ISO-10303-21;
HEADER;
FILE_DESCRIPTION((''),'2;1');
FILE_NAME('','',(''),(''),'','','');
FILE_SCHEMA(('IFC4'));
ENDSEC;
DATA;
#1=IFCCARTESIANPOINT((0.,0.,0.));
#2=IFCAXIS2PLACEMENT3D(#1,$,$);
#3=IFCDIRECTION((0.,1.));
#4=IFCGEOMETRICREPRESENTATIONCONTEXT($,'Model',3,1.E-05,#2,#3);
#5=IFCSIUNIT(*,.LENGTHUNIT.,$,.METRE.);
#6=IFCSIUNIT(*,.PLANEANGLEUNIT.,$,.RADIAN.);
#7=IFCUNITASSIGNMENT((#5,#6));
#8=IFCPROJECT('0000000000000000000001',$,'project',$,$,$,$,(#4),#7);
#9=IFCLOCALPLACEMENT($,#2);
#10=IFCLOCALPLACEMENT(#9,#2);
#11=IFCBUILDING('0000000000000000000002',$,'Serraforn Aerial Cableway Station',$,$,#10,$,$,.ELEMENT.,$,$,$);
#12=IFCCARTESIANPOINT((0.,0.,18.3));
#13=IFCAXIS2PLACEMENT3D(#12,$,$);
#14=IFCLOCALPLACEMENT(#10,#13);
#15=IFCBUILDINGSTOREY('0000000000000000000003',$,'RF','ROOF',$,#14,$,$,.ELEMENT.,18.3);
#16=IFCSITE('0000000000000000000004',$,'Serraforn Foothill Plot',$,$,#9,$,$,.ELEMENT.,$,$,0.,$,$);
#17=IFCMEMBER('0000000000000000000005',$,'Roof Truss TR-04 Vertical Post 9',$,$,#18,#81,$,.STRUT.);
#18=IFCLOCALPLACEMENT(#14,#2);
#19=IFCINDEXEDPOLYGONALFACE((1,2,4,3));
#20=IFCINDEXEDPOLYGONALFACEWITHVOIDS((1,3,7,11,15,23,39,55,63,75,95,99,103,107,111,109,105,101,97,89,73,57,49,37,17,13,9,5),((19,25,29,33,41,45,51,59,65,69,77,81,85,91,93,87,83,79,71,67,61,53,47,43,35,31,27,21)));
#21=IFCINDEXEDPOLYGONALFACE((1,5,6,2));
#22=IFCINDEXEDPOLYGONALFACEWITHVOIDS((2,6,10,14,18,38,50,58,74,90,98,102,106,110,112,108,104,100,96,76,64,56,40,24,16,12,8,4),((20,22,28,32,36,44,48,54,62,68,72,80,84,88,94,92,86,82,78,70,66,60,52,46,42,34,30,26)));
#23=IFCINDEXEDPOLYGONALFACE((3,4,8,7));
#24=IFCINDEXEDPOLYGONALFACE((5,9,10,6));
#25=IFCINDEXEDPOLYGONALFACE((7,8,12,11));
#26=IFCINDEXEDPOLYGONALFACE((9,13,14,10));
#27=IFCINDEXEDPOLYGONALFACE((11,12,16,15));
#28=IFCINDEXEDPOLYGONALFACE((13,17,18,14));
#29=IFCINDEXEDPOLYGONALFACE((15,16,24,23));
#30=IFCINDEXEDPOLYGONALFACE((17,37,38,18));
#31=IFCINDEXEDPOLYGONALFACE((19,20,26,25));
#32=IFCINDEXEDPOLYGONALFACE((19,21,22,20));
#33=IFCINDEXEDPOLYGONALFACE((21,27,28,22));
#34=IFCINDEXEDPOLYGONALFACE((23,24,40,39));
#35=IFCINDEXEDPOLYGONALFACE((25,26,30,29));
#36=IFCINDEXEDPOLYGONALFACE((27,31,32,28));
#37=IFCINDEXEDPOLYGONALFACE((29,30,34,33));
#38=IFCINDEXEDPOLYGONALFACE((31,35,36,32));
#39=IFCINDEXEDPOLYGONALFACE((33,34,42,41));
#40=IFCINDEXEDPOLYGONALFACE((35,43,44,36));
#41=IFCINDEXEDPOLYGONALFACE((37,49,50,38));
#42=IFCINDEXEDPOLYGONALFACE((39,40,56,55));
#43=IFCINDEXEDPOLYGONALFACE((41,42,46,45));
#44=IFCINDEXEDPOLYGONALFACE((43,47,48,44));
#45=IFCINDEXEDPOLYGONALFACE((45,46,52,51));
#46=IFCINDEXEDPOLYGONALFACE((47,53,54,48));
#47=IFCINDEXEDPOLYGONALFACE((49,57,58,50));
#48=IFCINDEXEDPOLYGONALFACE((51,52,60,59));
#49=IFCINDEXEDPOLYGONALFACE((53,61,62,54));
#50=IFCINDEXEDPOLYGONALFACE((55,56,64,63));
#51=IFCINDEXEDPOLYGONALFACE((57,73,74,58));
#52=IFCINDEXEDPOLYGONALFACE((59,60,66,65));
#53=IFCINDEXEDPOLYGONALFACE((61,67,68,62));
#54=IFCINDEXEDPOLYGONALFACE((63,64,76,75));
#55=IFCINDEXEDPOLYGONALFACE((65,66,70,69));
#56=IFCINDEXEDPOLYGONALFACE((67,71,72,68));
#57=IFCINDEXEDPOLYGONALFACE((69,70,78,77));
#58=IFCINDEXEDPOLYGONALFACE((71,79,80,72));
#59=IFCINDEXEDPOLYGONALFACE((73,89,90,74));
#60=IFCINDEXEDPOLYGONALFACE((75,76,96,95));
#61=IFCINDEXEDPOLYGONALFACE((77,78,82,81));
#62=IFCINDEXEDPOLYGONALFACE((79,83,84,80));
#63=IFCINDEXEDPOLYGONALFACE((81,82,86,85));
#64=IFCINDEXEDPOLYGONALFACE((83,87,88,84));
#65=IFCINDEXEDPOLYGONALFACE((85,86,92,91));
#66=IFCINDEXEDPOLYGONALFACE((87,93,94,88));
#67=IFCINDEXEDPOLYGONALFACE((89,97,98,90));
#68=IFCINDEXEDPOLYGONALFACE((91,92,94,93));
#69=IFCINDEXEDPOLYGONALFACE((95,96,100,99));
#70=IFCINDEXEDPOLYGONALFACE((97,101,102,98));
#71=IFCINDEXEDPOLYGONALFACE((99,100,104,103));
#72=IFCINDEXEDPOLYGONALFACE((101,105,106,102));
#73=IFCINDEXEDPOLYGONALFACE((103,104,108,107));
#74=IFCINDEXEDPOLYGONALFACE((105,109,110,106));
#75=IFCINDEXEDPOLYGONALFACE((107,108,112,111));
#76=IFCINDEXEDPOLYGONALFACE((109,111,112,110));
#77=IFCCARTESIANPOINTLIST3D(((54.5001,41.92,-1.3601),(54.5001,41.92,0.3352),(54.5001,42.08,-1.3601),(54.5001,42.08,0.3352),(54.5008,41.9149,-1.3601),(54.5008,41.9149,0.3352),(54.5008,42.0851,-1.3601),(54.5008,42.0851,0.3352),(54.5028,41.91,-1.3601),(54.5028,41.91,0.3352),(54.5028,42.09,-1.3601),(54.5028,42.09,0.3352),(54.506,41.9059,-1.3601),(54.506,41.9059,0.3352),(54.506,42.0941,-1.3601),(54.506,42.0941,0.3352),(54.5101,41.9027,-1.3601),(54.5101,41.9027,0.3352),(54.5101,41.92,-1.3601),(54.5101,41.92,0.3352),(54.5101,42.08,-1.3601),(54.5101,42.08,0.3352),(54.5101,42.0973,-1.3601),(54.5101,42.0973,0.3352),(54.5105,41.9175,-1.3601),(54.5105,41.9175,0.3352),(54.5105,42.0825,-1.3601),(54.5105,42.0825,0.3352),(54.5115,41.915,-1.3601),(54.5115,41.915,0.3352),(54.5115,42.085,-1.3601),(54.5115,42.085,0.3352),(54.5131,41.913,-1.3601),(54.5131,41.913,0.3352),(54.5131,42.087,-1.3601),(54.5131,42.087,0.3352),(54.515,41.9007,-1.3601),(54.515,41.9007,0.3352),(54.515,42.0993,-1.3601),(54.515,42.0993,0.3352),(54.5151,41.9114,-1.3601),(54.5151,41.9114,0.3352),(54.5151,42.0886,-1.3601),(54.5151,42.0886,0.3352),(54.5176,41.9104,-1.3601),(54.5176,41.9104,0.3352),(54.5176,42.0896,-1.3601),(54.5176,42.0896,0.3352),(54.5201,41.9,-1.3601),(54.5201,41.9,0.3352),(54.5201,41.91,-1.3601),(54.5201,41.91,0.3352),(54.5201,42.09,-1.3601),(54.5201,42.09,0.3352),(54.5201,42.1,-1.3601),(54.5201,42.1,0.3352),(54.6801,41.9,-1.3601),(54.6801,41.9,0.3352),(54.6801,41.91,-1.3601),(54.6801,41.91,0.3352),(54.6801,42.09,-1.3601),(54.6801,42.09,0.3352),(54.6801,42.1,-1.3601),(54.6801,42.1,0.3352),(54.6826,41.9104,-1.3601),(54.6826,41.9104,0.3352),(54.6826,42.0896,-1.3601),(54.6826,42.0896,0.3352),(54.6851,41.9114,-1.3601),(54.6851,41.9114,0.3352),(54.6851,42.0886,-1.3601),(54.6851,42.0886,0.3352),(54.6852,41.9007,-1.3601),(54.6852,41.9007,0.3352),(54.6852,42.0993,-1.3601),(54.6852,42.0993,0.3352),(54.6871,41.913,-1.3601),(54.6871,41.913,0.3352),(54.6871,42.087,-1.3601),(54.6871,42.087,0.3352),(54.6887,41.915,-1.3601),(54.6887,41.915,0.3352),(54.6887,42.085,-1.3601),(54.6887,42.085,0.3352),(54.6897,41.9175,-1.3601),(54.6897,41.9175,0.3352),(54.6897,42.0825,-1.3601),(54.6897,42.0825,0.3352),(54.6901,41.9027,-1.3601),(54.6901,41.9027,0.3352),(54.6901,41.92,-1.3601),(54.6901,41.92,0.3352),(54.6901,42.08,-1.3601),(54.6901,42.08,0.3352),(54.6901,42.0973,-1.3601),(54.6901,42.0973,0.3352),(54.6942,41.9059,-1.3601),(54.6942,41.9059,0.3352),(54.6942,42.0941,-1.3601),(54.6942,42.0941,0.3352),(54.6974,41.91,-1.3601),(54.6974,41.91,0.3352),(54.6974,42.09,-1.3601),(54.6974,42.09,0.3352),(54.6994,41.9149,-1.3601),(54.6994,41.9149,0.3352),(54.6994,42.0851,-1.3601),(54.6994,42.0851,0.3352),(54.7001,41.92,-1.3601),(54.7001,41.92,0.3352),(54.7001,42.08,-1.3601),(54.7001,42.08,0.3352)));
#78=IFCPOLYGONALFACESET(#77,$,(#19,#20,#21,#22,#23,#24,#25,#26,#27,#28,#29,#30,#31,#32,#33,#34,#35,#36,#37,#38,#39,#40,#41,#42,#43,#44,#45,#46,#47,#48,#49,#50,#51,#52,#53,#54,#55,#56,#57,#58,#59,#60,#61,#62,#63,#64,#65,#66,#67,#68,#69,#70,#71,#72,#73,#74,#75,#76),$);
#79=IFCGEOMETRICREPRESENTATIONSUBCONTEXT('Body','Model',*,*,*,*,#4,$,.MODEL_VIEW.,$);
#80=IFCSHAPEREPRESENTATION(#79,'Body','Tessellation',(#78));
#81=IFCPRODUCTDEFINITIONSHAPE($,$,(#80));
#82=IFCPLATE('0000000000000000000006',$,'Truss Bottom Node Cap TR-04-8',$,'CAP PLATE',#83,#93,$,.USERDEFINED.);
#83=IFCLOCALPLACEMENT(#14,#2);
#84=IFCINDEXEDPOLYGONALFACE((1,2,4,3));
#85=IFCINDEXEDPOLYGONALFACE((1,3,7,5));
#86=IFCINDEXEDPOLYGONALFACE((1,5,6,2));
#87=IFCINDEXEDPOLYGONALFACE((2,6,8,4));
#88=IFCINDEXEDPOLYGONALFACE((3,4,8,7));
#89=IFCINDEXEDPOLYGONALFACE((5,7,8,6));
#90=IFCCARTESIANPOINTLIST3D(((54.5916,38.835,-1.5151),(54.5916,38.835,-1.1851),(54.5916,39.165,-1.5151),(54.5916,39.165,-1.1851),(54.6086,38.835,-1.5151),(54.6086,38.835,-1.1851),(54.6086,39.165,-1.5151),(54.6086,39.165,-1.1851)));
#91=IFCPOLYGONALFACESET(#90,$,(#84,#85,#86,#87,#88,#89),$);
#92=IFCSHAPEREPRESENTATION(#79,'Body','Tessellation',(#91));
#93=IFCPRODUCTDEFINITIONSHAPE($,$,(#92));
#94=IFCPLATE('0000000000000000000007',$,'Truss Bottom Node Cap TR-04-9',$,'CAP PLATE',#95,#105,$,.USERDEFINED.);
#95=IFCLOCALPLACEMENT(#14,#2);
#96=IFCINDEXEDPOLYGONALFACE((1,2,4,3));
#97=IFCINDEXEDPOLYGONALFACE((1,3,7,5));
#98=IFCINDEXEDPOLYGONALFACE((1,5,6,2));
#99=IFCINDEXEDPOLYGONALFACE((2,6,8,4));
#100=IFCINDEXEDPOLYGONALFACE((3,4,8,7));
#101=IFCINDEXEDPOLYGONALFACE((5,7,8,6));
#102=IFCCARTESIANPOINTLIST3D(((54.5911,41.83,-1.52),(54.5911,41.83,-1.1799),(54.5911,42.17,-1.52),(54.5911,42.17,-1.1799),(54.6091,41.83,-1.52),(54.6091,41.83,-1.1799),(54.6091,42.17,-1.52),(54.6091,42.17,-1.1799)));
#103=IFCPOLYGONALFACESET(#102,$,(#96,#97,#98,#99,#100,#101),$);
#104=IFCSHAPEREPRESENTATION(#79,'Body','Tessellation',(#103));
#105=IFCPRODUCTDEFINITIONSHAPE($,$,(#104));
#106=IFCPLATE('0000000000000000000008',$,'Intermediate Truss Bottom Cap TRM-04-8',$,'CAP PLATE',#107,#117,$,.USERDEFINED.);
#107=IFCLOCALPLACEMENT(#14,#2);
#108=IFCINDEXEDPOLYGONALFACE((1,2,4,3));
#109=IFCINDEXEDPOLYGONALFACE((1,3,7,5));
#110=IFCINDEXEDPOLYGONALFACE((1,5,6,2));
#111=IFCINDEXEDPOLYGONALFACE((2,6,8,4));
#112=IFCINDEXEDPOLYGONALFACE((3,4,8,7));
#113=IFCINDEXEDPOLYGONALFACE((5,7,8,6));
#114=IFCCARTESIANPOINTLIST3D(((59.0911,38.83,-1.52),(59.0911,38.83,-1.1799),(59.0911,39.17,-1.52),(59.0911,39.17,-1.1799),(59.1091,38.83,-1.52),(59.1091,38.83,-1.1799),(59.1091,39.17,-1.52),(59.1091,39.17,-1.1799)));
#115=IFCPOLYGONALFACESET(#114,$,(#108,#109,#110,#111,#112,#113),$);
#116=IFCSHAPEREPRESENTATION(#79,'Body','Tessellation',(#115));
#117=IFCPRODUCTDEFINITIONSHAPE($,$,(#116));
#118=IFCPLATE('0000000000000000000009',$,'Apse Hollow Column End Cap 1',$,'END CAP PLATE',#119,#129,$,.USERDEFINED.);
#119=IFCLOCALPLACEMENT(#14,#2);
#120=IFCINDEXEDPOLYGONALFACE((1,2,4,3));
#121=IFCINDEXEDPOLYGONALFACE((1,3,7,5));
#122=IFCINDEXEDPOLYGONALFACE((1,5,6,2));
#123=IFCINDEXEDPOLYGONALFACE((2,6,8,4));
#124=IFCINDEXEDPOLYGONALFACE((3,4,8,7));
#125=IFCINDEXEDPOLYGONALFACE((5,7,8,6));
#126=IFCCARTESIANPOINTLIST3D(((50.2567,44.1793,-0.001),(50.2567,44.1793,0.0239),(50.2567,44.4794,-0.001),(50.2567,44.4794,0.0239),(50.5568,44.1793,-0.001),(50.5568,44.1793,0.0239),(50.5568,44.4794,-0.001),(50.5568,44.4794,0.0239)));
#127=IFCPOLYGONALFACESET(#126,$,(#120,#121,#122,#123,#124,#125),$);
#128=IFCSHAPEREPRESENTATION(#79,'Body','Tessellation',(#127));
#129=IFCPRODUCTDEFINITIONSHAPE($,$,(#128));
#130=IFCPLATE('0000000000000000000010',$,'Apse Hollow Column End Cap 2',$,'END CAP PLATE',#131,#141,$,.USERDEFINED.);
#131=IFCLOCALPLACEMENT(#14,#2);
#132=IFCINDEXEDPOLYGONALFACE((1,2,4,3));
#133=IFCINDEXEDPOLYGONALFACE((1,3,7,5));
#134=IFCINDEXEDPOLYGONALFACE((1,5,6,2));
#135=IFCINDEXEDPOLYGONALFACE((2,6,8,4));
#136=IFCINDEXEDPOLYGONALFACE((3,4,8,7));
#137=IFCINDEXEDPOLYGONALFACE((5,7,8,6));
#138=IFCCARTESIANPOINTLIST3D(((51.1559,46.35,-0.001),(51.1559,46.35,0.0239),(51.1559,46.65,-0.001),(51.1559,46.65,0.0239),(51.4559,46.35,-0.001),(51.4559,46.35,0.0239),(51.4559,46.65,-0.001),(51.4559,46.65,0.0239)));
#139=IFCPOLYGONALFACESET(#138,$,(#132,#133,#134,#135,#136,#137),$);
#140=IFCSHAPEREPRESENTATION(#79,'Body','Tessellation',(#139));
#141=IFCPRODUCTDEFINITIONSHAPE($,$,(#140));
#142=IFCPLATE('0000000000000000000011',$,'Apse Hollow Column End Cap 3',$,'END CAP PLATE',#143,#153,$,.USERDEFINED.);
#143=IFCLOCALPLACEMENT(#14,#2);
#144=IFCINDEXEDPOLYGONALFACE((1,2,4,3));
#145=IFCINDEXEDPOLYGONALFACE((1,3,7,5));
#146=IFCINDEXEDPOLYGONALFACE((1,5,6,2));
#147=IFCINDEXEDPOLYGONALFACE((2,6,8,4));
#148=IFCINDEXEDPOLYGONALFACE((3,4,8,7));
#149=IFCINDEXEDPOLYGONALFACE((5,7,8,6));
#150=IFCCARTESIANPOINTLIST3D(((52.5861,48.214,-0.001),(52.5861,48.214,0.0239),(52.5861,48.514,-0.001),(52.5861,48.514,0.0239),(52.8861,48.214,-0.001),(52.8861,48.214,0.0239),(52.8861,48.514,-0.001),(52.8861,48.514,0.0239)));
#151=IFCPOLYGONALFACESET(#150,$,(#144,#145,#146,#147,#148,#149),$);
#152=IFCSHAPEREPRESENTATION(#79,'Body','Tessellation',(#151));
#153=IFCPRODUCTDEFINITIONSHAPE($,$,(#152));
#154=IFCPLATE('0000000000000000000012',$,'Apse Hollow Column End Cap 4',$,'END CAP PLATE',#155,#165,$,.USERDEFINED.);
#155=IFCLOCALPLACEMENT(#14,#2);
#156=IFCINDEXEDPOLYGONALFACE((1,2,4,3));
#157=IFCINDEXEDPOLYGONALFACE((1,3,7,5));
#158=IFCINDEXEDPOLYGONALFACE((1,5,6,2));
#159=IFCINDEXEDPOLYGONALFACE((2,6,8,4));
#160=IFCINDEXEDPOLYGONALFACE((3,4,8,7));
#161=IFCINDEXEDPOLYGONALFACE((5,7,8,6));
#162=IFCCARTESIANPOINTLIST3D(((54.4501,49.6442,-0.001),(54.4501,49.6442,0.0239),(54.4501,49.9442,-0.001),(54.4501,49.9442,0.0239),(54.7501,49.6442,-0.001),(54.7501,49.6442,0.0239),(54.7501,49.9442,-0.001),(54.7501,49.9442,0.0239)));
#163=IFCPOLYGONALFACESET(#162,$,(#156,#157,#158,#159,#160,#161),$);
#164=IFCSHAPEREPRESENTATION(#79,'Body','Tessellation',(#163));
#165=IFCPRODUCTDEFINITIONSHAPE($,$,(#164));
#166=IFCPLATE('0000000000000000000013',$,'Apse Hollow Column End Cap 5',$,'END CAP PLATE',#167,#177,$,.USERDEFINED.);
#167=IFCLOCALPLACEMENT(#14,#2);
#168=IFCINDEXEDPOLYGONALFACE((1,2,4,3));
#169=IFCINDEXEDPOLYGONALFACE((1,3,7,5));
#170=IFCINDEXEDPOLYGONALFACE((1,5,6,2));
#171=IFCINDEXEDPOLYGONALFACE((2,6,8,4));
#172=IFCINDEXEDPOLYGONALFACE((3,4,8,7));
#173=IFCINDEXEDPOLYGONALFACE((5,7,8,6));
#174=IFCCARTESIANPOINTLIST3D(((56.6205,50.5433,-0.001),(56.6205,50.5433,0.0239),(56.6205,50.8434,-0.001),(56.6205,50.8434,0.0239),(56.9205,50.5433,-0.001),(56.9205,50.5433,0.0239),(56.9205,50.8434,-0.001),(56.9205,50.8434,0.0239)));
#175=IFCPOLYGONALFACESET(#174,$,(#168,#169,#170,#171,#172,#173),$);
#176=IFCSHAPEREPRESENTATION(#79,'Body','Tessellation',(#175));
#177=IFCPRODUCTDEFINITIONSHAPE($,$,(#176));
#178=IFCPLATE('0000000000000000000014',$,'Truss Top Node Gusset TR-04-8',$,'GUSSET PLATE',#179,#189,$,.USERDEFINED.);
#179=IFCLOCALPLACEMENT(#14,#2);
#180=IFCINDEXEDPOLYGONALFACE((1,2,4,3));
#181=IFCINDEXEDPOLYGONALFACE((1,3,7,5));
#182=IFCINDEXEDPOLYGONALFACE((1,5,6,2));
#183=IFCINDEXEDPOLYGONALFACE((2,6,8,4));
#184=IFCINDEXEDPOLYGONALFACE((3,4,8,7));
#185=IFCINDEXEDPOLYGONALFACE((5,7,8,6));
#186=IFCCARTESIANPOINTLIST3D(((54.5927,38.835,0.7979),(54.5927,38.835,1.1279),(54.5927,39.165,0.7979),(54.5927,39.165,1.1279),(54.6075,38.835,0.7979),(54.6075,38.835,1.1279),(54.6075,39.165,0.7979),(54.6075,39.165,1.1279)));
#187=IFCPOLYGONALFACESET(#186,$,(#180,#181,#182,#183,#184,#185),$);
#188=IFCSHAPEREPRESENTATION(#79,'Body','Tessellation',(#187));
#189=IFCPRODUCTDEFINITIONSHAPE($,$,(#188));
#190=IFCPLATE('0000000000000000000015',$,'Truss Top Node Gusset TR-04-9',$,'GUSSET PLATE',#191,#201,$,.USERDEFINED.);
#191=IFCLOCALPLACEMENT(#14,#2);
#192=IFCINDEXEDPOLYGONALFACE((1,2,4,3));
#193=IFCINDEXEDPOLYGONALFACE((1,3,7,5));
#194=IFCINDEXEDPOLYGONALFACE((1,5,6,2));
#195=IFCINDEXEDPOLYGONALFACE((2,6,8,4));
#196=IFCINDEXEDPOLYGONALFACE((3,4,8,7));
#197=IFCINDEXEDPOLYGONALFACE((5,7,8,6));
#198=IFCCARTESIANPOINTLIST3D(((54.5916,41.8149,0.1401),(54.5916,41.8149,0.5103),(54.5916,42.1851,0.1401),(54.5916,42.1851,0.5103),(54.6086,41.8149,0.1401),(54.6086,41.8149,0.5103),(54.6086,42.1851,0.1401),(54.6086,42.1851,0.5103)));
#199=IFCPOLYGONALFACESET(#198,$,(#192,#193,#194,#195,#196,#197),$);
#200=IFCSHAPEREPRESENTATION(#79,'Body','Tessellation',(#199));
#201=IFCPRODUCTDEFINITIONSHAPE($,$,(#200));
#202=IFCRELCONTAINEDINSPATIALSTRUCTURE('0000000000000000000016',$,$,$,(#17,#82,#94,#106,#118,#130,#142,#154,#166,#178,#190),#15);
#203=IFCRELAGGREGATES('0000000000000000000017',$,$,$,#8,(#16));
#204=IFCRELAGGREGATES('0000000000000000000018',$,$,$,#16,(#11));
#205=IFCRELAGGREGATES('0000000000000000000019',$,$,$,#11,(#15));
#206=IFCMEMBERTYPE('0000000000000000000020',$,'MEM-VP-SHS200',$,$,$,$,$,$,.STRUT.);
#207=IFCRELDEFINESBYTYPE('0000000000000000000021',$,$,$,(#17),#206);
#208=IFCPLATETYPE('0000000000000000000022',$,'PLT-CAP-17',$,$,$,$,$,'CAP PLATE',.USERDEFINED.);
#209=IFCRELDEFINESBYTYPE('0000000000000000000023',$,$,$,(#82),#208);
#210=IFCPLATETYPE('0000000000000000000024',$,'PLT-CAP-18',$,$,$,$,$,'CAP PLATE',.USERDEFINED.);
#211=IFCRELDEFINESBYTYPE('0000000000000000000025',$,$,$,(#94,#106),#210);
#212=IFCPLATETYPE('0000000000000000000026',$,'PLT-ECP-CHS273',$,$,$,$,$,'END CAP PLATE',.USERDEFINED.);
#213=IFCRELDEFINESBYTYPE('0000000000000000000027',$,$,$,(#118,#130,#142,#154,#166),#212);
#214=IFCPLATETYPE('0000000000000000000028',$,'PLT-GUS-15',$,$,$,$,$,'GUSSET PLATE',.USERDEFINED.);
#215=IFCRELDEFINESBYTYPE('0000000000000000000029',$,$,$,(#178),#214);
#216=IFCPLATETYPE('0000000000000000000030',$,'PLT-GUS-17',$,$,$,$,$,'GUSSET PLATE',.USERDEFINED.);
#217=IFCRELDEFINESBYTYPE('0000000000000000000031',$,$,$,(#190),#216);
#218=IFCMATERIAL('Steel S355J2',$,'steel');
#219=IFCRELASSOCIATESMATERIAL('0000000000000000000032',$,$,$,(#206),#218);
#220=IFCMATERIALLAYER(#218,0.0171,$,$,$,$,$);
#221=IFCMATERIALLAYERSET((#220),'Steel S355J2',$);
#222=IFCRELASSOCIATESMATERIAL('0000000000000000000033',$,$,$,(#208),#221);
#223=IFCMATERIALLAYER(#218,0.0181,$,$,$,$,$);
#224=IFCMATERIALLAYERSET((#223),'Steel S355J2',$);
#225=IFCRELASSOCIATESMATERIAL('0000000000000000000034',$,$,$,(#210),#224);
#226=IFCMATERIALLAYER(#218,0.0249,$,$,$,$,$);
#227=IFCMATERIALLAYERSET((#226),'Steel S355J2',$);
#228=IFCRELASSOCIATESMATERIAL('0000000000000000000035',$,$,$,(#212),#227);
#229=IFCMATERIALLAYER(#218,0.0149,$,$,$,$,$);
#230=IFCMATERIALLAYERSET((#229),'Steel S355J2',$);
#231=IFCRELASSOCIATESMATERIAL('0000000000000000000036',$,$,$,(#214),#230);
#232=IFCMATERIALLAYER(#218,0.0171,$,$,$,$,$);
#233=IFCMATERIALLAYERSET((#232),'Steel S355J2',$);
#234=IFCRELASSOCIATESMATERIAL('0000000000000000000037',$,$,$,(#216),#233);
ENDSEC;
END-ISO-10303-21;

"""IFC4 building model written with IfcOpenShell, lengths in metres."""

from ifc_helpers import new_model, si_unit, direction, frame, origin, origin_2d, place, context, subcontext, project, spatial, rectangle, hollow_rectangle, extrude, material, layer, layer_set, material_profile, profile_set, type_object, element, save


model = new_model("IFC4")

# Units and contexts
model_context = context("Model", 3, precision=1e-05, world=origin(), true_north=direction((0.0, 1.0)))
body_context = subcontext(model_context, "Body", "Model", "MODEL_VIEW")
ifc_project = project(units=[si_unit("LENGTHUNIT", "METRE"), si_unit("PLANEANGLEUNIT", "RADIAN")], contexts=[model_context])

# Site, building, storey
site_placement = place(None, origin())
site = spatial("IfcSite", under=ifc_project, at=site_placement, Name="Serraforn Foothill Plot", CompositionType="ELEMENT", RefElevation=0.0)
building_placement = place(site_placement, origin())
building = spatial("IfcBuilding", under=site, at=building_placement, Name="Serraforn Aerial Cableway Station", CompositionType="ELEMENT")
storey_placement = place(building_placement, frame((0.0, 0.0, 18.3)))
storey = spatial("IfcBuildingStorey", under=building, at=storey_placement, Name="RF", Description="ROOF", CompositionType="ELEMENT", Elevation=18.3)

# Shared definitions
ifc_material_1 = material(Name="Steel S355J2", Category="steel")

# Member
ifc_material_profile_1 = material_profile(ifc_material_1, hollow_rectangle(XDim=0.2, YDim=0.2, WallThickness=0.01, InnerFilletRadius=0.01, OuterFilletRadius=0.02, at=origin_2d()), Name="SHS 200x200x10.0")
ifc_profile_set_1 = profile_set([ifc_material_profile_1], Name="Steel S355J2")
member_type_1 = type_object("IfcMemberType", Name="MEM-VP-SHS200", PredefinedType="STRUT", material=ifc_profile_set_1)
member_1_placement = place(storey_placement, frame((54.6001, 42.0, -1.3601), z_axis=(0.0, 0.0, 1.0), x_axis=(1.0, 0.0, 0.0)))
element("IfcMember", 1, at=member_1_placement, inside=storey, type_object=member_type_1, Name="Roof Truss TR-04 Vertical Post 9", PredefinedType="STRUT", context=body_context, shape_type="SweptSolid", body=[
    extrude(hollow_rectangle(XDim=0.2, YDim=0.2, WallThickness=0.01, InnerFilletRadius=0.01, OuterFilletRadius=0.02, at=origin_2d()), origin(), (0.0, 0.0, 1.0), 1.6953),
])

# Plates
ifc_layer_1 = layer(ifc_material_1, 0.0171)
ifc_layer_set_1 = layer_set([ifc_layer_1], Name="Steel S355J2")
plate_type_1 = type_object("IfcPlateType", Name="PLT-CAP-17", ElementType="CAP PLATE", PredefinedType="USERDEFINED", material=ifc_layer_set_1)
plate_1_placement = place(storey_placement, frame((54.6001, 39.0, -1.5151), z_axis=(0.0, 0.0, 1.0), x_axis=(1.0, 0.0, 0.0)))
element("IfcPlate", 2, at=plate_1_placement, inside=storey, type_object=plate_type_1, Name="Truss Bottom Node Cap TR-04-8", ObjectType="CAP PLATE", PredefinedType="USERDEFINED", context=body_context, shape_type="SweptSolid", body=[
    extrude(rectangle(XDim=0.0171, YDim=0.3301, at=origin_2d()), origin(), (0.0, 0.0, 1.0), 0.3301),
])
ifc_layer_2 = layer(ifc_material_1, 0.0181)
ifc_layer_set_2 = layer_set([ifc_layer_2], Name="Steel S355J2")
plate_type_2 = type_object("IfcPlateType", Name="PLT-CAP-18", ElementType="CAP PLATE", PredefinedType="USERDEFINED", material=ifc_layer_set_2)
for number, where, z_axis, x_axis, name in (
    (3, (54.6001, 42.0, -1.52), (0.0, 0.0, 1.0), (1.0, 0.0, 0.0), "Truss Bottom Node Cap TR-04-9"),
    (4, (59.1001, 39.0, -1.52), (0.0, 0.0, 1.0), (1.0, 0.0, 0.0), "Intermediate Truss Bottom Cap TRM-04-8"),
):
    element("IfcPlate", number, at=place(storey_placement, frame(where, z_axis=z_axis, x_axis=x_axis)), inside=storey, type_object=plate_type_2, Name=name, ObjectType="CAP PLATE", PredefinedType="USERDEFINED", context=body_context, shape_type="SweptSolid", body=[
        extrude(rectangle(XDim=0.0181, YDim=0.3401, at=origin_2d()), origin(), (0.0, 0.0, 1.0), 0.3401),
    ])
ifc_layer_3 = layer(ifc_material_1, 0.0249)
ifc_layer_set_3 = layer_set([ifc_layer_3], Name="Steel S355J2")
plate_type_3 = type_object("IfcPlateType", Name="PLT-ECP-CHS273", ElementType="END CAP PLATE", PredefinedType="USERDEFINED", material=ifc_layer_set_3)
for number, where, z_axis, x_axis, name in (
    (5, (50.4067, 44.3293, -0.001), (0.0, 0.0, 1.0), (1.0, 0.0, 0.0), "Apse Hollow Column End Cap 1"),
    (6, (51.3059, 46.5, -0.001), (0.0, 0.0, 1.0), (1.0, 0.0, 0.0), "Apse Hollow Column End Cap 2"),
    (7, (52.7361, 48.364, -0.001), (0.0, 0.0, 1.0), (1.0, 0.0, 0.0), "Apse Hollow Column End Cap 3"),
    (8, (54.6001, 49.7942, -0.001), (0.0, 0.0, 1.0), (1.0, 0.0, 0.0), "Apse Hollow Column End Cap 4"),
    (9, (56.7705, 50.6934, -0.001), (0.0, 0.0, 1.0), (1.0, 0.0, 0.0), "Apse Hollow Column End Cap 5"),
):
    element("IfcPlate", number, at=place(storey_placement, frame(where, z_axis=z_axis, x_axis=x_axis)), inside=storey, type_object=plate_type_3, Name=name, ObjectType="END CAP PLATE", PredefinedType="USERDEFINED", context=body_context, shape_type="SweptSolid", body=[
        extrude(rectangle(XDim=0.3, YDim=0.3, at=origin_2d()), origin(), (0.0, 0.0, 1.0), 0.0249),
    ])
ifc_layer_4 = layer(ifc_material_1, 0.0149)
ifc_layer_set_4 = layer_set([ifc_layer_4], Name="Steel S355J2")
plate_type_4 = type_object("IfcPlateType", Name="PLT-GUS-15", ElementType="GUSSET PLATE", PredefinedType="USERDEFINED", material=ifc_layer_set_4)
plate_2_placement = place(storey_placement, frame((54.6001, 39.0, 0.7979), z_axis=(0.0, 0.0, 1.0), x_axis=(1.0, 0.0, 0.0)))
element("IfcPlate", 10, at=plate_2_placement, inside=storey, type_object=plate_type_4, Name="Truss Top Node Gusset TR-04-8", ObjectType="GUSSET PLATE", PredefinedType="USERDEFINED", context=body_context, shape_type="SweptSolid", body=[
    extrude(rectangle(XDim=0.0149, YDim=0.3301, at=origin_2d()), origin(), (0.0, 0.0, 1.0), 0.3301),
])
ifc_layer_5 = layer(ifc_material_1, 0.0171)
ifc_layer_set_5 = layer_set([ifc_layer_5], Name="Steel S355J2")
plate_type_5 = type_object("IfcPlateType", Name="PLT-GUS-17", ElementType="GUSSET PLATE", PredefinedType="USERDEFINED", material=ifc_layer_set_5)
plate_3_placement = place(storey_placement, frame((54.6001, 42.0, 0.1401), z_axis=(0.0, 0.0, 1.0), x_axis=(1.0, 0.0, 0.0)))
element("IfcPlate", 11, at=plate_3_placement, inside=storey, type_object=plate_type_5, Name="Truss Top Node Gusset TR-04-9", ObjectType="GUSSET PLATE", PredefinedType="USERDEFINED", context=body_context, shape_type="SweptSolid", body=[
    extrude(rectangle(XDim=0.0171, YDim=0.3701, at=origin_2d()), origin(), (0.0, 0.0, 1.0), 0.3701),
])

save(model, "model.ifc")
